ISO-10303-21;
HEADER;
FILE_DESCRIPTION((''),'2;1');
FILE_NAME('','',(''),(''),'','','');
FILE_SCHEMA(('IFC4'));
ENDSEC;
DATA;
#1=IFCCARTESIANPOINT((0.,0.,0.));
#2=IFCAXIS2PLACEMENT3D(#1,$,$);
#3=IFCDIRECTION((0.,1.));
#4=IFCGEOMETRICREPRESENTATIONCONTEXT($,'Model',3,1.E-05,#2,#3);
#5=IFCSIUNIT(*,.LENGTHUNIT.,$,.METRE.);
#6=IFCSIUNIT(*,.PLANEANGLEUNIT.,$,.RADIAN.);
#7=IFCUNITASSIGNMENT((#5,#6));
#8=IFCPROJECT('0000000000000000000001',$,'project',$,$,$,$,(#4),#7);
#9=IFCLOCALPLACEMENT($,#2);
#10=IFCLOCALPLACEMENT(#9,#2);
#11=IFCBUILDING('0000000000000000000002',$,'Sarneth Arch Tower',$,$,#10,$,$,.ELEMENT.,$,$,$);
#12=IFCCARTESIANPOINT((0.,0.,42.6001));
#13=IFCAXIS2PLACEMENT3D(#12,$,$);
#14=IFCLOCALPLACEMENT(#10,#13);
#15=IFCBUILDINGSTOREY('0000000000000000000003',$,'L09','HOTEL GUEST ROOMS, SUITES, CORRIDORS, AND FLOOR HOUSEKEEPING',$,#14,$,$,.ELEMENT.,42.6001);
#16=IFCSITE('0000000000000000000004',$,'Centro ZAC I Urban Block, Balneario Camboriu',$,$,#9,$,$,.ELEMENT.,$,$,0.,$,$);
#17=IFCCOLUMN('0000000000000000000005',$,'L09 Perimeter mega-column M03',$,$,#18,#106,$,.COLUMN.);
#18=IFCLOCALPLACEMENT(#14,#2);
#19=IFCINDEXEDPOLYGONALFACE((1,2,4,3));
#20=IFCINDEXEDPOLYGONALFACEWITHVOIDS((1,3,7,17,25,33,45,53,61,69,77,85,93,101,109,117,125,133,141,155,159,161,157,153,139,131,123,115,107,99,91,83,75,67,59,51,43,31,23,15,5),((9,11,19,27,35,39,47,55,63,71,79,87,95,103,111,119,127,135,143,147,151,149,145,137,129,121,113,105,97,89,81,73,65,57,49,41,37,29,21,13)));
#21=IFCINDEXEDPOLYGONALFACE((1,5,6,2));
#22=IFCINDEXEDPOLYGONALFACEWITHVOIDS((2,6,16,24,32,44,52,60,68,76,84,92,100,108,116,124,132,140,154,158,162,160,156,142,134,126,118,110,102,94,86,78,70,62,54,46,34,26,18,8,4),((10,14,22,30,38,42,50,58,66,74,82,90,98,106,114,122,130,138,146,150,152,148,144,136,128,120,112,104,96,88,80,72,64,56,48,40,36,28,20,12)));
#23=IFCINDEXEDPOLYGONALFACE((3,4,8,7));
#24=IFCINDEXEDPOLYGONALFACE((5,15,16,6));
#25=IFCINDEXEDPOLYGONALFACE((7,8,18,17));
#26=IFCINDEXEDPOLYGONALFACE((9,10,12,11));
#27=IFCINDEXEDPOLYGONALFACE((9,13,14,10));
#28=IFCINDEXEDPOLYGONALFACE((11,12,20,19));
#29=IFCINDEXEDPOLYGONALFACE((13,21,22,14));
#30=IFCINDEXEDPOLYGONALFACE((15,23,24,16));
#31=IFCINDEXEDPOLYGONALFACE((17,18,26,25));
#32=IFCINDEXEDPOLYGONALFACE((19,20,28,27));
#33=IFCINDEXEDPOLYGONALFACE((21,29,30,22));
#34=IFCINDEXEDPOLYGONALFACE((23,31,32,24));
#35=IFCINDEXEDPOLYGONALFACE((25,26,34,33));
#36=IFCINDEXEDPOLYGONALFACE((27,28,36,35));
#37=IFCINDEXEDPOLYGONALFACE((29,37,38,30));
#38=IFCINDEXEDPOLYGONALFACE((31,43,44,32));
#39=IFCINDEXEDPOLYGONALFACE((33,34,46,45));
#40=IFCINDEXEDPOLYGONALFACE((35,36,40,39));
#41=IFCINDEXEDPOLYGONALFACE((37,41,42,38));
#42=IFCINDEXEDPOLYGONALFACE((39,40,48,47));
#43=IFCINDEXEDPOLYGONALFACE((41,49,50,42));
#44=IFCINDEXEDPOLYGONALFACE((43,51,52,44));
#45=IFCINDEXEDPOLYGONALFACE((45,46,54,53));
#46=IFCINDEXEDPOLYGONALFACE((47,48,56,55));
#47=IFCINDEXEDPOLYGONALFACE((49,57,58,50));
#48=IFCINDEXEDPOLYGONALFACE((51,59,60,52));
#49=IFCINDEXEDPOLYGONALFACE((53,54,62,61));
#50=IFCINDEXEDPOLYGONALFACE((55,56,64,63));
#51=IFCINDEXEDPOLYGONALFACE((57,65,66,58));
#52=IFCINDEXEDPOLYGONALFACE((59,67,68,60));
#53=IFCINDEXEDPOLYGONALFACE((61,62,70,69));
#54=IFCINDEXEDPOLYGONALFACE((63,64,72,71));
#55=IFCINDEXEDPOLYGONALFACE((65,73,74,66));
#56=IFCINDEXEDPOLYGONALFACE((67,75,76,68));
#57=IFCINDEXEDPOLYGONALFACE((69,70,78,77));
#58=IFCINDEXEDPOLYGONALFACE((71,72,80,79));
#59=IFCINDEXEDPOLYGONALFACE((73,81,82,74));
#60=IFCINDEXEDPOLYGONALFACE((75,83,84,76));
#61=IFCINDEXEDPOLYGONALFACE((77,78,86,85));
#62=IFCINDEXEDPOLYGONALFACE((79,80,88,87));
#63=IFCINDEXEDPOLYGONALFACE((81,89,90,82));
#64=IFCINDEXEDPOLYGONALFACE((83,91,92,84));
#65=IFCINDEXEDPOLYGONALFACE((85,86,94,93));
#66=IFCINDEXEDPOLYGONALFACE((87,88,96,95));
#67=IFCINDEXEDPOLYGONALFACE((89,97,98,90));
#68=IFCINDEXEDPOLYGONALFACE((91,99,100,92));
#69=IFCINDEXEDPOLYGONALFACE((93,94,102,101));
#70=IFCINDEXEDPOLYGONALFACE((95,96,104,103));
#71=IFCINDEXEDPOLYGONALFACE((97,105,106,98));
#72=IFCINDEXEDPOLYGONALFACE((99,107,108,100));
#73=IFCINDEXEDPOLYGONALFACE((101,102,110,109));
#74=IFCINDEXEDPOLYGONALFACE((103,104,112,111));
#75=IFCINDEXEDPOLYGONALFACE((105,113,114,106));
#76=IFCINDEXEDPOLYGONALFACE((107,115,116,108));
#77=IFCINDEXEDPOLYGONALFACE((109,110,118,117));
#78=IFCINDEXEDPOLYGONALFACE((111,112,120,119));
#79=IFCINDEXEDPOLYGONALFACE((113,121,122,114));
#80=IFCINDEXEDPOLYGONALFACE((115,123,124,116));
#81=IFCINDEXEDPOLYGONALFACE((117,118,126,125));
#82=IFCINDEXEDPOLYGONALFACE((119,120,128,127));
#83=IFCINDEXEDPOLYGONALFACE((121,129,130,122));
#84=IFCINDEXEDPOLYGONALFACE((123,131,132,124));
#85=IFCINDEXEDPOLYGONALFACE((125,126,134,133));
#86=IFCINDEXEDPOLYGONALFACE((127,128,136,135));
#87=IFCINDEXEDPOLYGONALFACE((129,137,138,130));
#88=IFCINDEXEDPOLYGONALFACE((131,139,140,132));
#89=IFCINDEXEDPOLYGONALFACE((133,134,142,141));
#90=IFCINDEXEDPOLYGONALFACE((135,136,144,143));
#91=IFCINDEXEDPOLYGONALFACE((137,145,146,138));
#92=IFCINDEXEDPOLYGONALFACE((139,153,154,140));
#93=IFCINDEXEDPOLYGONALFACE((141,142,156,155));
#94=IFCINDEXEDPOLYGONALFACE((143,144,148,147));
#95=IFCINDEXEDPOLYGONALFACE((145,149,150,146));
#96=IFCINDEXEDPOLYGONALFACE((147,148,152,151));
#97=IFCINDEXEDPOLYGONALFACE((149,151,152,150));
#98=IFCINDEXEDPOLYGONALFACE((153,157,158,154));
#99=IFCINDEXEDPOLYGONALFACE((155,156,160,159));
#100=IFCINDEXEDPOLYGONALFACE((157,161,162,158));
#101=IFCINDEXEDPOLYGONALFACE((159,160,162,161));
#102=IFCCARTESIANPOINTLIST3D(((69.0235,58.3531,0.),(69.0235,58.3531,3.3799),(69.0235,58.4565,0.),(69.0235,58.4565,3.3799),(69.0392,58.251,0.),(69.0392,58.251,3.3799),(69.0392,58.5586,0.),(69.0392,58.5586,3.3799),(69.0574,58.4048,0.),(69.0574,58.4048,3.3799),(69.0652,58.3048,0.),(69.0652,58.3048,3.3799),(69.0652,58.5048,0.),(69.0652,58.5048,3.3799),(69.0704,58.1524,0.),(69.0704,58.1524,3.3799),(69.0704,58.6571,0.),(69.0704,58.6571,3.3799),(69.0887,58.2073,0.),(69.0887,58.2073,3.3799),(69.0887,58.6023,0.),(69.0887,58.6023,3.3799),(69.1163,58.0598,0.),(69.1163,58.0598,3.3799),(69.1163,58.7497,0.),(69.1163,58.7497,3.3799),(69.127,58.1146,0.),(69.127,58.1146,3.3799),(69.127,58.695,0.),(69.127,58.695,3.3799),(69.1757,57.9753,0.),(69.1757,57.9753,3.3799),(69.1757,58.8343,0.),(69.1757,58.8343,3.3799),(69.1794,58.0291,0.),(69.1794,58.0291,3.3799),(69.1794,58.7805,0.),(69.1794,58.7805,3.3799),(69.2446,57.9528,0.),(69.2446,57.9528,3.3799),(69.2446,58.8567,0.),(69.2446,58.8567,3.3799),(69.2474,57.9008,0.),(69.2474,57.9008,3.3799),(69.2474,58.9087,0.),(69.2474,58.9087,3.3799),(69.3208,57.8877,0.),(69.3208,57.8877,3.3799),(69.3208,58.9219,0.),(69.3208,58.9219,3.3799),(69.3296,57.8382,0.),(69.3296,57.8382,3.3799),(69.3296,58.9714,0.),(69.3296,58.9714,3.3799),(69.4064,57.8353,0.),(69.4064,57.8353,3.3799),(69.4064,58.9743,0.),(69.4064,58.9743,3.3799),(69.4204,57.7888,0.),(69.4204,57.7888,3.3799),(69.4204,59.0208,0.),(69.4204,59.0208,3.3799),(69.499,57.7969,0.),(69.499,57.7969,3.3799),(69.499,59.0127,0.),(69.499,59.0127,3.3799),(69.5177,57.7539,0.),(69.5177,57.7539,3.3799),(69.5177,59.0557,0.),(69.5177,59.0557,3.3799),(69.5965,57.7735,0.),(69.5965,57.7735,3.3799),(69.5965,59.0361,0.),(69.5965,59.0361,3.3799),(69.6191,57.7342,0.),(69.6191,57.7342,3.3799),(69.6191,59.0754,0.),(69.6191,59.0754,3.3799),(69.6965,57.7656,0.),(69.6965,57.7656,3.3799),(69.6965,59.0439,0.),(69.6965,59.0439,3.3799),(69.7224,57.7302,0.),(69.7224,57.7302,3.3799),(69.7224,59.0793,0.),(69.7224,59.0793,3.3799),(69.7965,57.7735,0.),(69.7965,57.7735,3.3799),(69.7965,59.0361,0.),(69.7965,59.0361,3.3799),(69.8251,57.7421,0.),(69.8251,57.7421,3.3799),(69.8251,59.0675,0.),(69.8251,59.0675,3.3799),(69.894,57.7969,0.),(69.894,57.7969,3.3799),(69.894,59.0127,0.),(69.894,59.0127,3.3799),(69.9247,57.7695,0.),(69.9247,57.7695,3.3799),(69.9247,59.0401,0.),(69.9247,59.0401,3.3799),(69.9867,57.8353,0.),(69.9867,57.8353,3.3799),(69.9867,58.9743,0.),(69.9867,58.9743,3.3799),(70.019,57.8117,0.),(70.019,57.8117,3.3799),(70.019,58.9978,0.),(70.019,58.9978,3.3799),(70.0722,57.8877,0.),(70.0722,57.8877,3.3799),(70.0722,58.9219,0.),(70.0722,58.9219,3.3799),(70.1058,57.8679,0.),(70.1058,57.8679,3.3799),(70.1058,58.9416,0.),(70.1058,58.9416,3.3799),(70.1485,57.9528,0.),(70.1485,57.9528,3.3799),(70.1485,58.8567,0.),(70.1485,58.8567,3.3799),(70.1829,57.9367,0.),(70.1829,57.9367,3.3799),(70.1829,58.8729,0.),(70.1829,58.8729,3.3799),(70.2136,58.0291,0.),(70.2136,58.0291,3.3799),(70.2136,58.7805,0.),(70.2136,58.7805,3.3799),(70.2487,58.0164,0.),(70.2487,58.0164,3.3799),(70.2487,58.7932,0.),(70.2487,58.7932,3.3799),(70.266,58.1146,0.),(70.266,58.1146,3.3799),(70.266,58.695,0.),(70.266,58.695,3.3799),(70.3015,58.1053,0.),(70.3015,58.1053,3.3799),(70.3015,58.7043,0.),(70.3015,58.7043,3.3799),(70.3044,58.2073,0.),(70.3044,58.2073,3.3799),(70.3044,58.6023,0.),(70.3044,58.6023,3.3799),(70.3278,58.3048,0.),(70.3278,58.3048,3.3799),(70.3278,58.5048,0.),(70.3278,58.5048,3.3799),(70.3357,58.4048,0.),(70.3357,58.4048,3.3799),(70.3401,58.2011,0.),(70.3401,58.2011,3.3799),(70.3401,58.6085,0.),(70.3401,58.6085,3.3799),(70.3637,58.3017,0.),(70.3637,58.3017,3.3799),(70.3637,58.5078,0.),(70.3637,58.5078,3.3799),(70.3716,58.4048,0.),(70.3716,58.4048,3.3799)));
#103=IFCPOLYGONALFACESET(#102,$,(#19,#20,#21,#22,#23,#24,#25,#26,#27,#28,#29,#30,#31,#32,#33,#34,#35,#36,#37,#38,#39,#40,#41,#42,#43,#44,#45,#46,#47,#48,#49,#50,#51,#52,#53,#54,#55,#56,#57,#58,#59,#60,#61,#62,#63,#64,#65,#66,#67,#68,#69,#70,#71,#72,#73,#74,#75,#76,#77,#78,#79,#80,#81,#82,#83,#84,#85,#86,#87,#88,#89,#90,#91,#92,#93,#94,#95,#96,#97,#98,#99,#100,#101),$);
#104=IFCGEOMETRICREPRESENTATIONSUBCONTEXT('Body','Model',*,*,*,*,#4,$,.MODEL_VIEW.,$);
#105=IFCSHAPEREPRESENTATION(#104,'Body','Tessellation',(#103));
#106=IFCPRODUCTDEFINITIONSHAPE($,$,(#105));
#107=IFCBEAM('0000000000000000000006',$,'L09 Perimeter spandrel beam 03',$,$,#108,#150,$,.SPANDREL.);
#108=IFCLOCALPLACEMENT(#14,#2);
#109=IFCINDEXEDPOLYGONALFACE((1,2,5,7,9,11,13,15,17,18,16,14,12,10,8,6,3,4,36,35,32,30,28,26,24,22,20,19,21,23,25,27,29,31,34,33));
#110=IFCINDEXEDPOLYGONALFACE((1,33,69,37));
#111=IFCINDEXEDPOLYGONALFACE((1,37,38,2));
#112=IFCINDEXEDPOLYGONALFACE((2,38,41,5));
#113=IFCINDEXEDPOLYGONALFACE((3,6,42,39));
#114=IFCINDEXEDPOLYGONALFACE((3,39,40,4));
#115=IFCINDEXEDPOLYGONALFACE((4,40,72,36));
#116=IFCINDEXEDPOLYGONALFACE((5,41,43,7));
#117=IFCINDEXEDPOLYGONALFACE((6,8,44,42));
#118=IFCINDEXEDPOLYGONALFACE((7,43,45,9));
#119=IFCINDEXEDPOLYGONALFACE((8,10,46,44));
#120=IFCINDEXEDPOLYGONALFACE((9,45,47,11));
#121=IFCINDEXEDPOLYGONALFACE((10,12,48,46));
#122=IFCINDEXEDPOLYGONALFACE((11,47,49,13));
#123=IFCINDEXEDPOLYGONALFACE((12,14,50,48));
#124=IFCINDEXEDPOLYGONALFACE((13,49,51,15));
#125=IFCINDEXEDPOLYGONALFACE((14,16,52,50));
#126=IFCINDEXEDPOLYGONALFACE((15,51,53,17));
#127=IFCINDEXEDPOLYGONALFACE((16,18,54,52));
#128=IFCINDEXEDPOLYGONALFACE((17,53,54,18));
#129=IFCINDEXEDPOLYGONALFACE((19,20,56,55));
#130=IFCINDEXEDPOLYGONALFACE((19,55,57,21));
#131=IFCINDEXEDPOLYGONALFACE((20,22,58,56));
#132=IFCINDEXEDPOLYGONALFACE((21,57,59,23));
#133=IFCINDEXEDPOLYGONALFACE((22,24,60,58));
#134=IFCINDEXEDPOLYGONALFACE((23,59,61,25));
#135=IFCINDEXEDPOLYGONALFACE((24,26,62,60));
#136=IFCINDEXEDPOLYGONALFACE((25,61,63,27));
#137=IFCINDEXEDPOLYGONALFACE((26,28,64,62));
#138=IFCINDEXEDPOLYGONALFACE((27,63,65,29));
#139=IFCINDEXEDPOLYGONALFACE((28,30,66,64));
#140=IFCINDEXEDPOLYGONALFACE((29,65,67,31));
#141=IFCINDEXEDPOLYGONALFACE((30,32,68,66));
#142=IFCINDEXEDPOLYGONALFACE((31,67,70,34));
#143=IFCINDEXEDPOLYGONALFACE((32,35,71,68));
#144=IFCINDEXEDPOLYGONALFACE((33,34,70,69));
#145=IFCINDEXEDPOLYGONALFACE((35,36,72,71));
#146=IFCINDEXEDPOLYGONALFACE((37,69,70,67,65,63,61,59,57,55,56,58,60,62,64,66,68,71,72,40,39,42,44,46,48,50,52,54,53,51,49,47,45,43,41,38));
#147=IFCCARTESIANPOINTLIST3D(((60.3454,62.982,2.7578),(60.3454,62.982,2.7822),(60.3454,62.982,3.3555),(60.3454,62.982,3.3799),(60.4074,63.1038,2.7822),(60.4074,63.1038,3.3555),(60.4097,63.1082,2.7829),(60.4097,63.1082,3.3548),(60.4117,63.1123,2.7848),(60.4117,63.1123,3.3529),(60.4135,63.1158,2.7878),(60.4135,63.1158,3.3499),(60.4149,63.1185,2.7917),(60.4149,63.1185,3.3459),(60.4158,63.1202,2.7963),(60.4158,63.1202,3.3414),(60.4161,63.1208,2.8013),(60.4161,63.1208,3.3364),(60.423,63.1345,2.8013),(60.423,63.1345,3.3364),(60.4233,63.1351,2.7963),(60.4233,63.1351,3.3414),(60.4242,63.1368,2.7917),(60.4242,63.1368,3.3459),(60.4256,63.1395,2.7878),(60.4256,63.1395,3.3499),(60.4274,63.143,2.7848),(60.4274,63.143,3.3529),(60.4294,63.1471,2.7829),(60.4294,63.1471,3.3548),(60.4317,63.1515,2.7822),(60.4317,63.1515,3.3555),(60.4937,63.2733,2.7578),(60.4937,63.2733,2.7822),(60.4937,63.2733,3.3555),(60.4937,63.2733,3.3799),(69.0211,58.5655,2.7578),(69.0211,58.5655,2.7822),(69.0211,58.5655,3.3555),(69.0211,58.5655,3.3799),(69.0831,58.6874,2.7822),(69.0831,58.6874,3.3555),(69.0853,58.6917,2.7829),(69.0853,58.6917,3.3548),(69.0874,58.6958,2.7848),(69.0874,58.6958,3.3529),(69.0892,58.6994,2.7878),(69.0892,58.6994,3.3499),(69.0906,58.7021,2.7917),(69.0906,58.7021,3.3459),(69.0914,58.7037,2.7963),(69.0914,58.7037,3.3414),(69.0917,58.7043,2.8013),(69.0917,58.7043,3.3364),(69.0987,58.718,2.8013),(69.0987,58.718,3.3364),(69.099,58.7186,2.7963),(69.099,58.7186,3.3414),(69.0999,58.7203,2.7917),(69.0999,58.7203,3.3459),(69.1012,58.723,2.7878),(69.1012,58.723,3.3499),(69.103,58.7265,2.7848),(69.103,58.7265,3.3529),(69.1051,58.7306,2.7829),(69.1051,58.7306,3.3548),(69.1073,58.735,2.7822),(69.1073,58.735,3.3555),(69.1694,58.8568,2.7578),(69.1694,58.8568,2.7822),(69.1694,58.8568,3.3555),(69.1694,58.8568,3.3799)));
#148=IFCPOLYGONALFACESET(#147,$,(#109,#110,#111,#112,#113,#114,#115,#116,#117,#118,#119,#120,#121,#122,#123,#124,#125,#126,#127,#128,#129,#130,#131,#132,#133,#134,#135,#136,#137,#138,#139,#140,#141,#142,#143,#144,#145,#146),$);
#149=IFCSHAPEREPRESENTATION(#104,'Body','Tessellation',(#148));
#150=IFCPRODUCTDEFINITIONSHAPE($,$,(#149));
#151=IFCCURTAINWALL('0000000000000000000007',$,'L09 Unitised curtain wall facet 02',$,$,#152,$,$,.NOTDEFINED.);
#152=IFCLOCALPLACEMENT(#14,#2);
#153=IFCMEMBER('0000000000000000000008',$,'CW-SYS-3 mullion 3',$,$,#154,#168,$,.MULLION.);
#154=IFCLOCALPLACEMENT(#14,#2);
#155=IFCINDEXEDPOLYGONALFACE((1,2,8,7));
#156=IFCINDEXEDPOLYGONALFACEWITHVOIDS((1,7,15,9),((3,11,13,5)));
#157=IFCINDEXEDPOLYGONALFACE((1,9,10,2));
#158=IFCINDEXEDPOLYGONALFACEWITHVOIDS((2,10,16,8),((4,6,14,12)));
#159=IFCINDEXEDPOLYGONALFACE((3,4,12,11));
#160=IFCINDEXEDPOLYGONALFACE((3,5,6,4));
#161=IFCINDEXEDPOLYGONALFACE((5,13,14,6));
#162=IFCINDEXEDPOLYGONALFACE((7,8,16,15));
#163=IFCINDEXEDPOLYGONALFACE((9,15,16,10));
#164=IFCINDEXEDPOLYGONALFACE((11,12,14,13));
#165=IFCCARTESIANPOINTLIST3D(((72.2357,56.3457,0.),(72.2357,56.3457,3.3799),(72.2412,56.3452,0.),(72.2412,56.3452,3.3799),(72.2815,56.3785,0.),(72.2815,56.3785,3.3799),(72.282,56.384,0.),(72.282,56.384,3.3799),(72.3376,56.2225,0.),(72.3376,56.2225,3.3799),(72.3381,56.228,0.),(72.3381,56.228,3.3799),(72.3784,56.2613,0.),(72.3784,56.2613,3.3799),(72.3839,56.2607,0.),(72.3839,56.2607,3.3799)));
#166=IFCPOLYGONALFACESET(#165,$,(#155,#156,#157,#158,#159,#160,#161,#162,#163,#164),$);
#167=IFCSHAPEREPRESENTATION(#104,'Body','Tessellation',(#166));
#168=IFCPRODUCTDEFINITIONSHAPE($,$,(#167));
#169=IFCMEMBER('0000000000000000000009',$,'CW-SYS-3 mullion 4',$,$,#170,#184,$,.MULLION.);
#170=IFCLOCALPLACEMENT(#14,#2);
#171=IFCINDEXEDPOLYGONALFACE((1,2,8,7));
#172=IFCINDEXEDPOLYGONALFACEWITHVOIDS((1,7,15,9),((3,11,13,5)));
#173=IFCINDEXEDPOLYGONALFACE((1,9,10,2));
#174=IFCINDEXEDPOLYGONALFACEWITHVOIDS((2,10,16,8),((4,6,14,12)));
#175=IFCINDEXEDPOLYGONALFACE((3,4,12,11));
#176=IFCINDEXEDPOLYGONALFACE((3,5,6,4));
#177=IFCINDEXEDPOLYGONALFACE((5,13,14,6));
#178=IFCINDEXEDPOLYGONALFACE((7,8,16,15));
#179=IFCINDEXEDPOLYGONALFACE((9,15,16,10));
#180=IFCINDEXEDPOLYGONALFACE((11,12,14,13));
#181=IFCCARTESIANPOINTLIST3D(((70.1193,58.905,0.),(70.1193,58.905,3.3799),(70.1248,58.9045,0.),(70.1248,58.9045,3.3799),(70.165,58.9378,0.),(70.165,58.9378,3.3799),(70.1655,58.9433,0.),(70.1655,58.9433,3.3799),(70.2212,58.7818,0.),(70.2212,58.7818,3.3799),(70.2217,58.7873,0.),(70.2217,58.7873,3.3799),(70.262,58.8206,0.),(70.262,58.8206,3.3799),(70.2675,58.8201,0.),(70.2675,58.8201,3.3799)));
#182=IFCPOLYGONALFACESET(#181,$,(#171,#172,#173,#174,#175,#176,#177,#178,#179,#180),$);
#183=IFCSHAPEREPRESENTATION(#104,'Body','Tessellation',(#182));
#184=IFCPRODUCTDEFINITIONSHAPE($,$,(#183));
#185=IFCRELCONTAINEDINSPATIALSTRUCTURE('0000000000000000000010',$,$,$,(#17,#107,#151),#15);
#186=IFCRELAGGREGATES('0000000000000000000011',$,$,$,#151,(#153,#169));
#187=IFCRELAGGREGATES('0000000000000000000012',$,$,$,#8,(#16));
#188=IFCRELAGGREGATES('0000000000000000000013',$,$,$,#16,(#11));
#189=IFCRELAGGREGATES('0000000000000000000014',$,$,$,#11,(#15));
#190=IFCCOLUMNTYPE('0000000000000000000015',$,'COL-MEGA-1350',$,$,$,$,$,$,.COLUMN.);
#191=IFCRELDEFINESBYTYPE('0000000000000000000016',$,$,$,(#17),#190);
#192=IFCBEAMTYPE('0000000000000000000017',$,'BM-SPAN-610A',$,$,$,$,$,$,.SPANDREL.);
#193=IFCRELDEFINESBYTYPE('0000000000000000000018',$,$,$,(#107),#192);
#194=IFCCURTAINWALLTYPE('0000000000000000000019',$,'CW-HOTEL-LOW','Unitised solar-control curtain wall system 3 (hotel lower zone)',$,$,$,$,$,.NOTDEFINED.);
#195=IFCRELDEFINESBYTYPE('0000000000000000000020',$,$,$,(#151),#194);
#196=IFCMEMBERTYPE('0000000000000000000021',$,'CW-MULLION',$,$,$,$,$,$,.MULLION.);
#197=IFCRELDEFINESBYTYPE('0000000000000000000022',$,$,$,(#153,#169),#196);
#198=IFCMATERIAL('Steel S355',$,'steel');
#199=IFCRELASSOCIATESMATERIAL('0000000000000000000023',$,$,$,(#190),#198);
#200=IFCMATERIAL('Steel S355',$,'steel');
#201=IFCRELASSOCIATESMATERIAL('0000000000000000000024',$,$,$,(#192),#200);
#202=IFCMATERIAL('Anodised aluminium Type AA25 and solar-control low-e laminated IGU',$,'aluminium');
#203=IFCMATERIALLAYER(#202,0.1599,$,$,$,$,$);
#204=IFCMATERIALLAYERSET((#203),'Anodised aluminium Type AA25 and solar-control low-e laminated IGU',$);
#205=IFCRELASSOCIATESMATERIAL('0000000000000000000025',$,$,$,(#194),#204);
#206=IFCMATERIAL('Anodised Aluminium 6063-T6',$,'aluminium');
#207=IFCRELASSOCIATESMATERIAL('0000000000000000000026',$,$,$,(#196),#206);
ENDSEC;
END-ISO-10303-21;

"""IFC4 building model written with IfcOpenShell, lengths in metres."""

from ifc_helpers import new_model, si_unit, direction, frame, origin, origin_2d, place, context, subcontext, project, spatial, hollow_rectangle, hollow_circle, i_section, extrude, material, layer, layer_set, material_profile, profile_set, type_object, element, aggregate, save


model = new_model("IFC4")

# Units and contexts
model_context = context("Model", 3, precision=1e-05, world=origin(), true_north=direction((0.0, 1.0)))
body_context = subcontext(model_context, "Body", "Model", "MODEL_VIEW")
ifc_project = project(units=[si_unit("LENGTHUNIT", "METRE"), si_unit("PLANEANGLEUNIT", "RADIAN")], contexts=[model_context])

# Site, building, storey
site_placement = place(None, origin())
site = spatial("IfcSite", under=ifc_project, at=site_placement, Name="Centro ZAC I Urban Block, Balneario Camboriu", CompositionType="ELEMENT", RefElevation=0.0)
building_placement = place(site_placement, origin())
building = spatial("IfcBuilding", under=site, at=building_placement, Name="Sarneth Arch Tower", CompositionType="ELEMENT")
storey_placement = place(building_placement, frame((0.0, 0.0, 42.6001)))
storey = spatial("IfcBuildingStorey", under=building, at=storey_placement, Name="L09", Description="HOTEL GUEST ROOMS, SUITES, CORRIDORS, AND FLOOR HOUSEKEEPING", CompositionType="ELEMENT", Elevation=42.6001)

# Column
ifc_material_1 = material(Name="Steel S355", Category="steel")
ifc_material_profile_1 = material_profile(ifc_material_1, hollow_circle(Radius=0.675, WallThickness=0.0359, at=origin_2d()), Name="CHS1350x36")
ifc_profile_set_1 = profile_set([ifc_material_profile_1], Name="Steel S355")
column_type = type_object("IfcColumnType", Name="COL-MEGA-1350", PredefinedType="COLUMN", material=ifc_profile_set_1)
column_placement = place(storey_placement, frame((69.6965, 58.4048, 0.0), z_axis=(0.0, 0.0, 1.0), x_axis=(1.0, 0.0, 0.0)))
element("IfcColumn", 1, at=column_placement, inside=storey, type_object=column_type, Name="L09 Perimeter mega-column M03", PredefinedType="COLUMN", context=body_context, shape_type="SweptSolid", body=[
    extrude(hollow_circle(Radius=0.675, WallThickness=0.0359, at=origin_2d()), origin(), (0.0, 0.0, 1.0), 3.3799),
])

# Beam
ifc_material_2 = material(Name="Steel S355", Category="steel")
ifc_material_profile_2 = material_profile(ifc_material_2, i_section(OverallWidth=0.3269, OverallDepth=0.6221, WebThickness=0.0154, FlangeThickness=0.0244, FilletRadius=0.019, at=origin_2d()), Name="W610x195")
ifc_profile_set_2 = profile_set([ifc_material_profile_2], Name="Steel S355")
beam_type = type_object("IfcBeamType", Name="BM-SPAN-610A", PredefinedType="SPANDREL", material=ifc_profile_set_2)
beam_placement = place(storey_placement, frame((69.0952, 58.7112, 3.0688), z_axis=(-0.891174, 0.453662, 0.0), x_axis=(-0.453662, -0.891174, 0.0)))
element("IfcBeam", 2, at=beam_placement, inside=storey, type_object=beam_type, Name="L09 Perimeter spandrel beam 03", PredefinedType="SPANDREL", context=body_context, shape_type="SweptSolid", body=[
    extrude(i_section(OverallWidth=0.3269, OverallDepth=0.6221, WebThickness=0.0154, FlangeThickness=0.0244, FilletRadius=0.019, at=origin_2d()), origin(), (0.0, 0.0, 1.0), 9.7351),
])

# Curtain wall, members
ifc_material_3 = material(Name="Anodised aluminium Type AA25 and solar-control low-e laminated IGU", Category="aluminium")
ifc_layer_1 = layer(ifc_material_3, 0.1599)
ifc_layer_set_1 = layer_set([ifc_layer_1], Name="Anodised aluminium Type AA25 and solar-control low-e laminated IGU")
curtain_wall_type = type_object("IfcCurtainWallType", Name="CW-HOTEL-LOW", Description="Unitised solar-control curtain wall system 3 (hotel lower zone)", PredefinedType="NOTDEFINED", material=ifc_layer_set_1)
curtain_wall_placement = place(storey_placement, origin())
curtain_wall = element("IfcCurtainWall", 3, at=curtain_wall_placement, inside=storey, type_object=curtain_wall_type, Name="L09 Unitised curtain wall facet 02", PredefinedType="NOTDEFINED")
ifc_material_4 = material(Name="Anodised Aluminium 6063-T6", Category="aluminium")
ifc_material_profile_3 = material_profile(ifc_material_4, hollow_rectangle(XDim=0.0601, YDim=0.1599, WallThickness=0.0039, at=origin_2d()), Name="AL-MULL-160x60x4")
ifc_profile_set_3 = profile_set([ifc_material_profile_3], Name="Anodised Aluminium 6063-T6")
member_type_1 = type_object("IfcMemberType", Name="CW-MULLION", PredefinedType="MULLION", material=ifc_profile_set_3)
member_1_placement = place(storey_placement, frame((72.3098, 56.3032, 0.0), z_axis=(0.0, 0.0, 1.0), x_axis=(-0.770623, -0.637291, 0.0)))
member_1 = element("IfcMember", 4, at=member_1_placement, type_object=member_type_1, Name="CW-SYS-3 mullion 3", PredefinedType="MULLION", context=body_context, shape_type="SweptSolid", body=[
    extrude(hollow_rectangle(XDim=0.0601, YDim=0.1599, WallThickness=0.0039, at=origin_2d()), origin(), (0.0, 0.0, 1.0), 3.3799),
])
member_2_placement = place(storey_placement, frame((70.1934, 58.8625, 0.0), z_axis=(0.0, 0.0, 1.0), x_axis=(-0.770623, -0.637291, 0.0)))
member_2 = element("IfcMember", 5, at=member_2_placement, type_object=member_type_1, Name="CW-SYS-3 mullion 4", PredefinedType="MULLION", context=body_context, shape_type="SweptSolid", body=[
    extrude(hollow_rectangle(XDim=0.0601, YDim=0.1599, WallThickness=0.0039, at=origin_2d()), origin(), (0.0, 0.0, 1.0), 3.3799),
])

aggregate(curtain_wall, [member_1, member_2])

save(model, "model.ifc")
